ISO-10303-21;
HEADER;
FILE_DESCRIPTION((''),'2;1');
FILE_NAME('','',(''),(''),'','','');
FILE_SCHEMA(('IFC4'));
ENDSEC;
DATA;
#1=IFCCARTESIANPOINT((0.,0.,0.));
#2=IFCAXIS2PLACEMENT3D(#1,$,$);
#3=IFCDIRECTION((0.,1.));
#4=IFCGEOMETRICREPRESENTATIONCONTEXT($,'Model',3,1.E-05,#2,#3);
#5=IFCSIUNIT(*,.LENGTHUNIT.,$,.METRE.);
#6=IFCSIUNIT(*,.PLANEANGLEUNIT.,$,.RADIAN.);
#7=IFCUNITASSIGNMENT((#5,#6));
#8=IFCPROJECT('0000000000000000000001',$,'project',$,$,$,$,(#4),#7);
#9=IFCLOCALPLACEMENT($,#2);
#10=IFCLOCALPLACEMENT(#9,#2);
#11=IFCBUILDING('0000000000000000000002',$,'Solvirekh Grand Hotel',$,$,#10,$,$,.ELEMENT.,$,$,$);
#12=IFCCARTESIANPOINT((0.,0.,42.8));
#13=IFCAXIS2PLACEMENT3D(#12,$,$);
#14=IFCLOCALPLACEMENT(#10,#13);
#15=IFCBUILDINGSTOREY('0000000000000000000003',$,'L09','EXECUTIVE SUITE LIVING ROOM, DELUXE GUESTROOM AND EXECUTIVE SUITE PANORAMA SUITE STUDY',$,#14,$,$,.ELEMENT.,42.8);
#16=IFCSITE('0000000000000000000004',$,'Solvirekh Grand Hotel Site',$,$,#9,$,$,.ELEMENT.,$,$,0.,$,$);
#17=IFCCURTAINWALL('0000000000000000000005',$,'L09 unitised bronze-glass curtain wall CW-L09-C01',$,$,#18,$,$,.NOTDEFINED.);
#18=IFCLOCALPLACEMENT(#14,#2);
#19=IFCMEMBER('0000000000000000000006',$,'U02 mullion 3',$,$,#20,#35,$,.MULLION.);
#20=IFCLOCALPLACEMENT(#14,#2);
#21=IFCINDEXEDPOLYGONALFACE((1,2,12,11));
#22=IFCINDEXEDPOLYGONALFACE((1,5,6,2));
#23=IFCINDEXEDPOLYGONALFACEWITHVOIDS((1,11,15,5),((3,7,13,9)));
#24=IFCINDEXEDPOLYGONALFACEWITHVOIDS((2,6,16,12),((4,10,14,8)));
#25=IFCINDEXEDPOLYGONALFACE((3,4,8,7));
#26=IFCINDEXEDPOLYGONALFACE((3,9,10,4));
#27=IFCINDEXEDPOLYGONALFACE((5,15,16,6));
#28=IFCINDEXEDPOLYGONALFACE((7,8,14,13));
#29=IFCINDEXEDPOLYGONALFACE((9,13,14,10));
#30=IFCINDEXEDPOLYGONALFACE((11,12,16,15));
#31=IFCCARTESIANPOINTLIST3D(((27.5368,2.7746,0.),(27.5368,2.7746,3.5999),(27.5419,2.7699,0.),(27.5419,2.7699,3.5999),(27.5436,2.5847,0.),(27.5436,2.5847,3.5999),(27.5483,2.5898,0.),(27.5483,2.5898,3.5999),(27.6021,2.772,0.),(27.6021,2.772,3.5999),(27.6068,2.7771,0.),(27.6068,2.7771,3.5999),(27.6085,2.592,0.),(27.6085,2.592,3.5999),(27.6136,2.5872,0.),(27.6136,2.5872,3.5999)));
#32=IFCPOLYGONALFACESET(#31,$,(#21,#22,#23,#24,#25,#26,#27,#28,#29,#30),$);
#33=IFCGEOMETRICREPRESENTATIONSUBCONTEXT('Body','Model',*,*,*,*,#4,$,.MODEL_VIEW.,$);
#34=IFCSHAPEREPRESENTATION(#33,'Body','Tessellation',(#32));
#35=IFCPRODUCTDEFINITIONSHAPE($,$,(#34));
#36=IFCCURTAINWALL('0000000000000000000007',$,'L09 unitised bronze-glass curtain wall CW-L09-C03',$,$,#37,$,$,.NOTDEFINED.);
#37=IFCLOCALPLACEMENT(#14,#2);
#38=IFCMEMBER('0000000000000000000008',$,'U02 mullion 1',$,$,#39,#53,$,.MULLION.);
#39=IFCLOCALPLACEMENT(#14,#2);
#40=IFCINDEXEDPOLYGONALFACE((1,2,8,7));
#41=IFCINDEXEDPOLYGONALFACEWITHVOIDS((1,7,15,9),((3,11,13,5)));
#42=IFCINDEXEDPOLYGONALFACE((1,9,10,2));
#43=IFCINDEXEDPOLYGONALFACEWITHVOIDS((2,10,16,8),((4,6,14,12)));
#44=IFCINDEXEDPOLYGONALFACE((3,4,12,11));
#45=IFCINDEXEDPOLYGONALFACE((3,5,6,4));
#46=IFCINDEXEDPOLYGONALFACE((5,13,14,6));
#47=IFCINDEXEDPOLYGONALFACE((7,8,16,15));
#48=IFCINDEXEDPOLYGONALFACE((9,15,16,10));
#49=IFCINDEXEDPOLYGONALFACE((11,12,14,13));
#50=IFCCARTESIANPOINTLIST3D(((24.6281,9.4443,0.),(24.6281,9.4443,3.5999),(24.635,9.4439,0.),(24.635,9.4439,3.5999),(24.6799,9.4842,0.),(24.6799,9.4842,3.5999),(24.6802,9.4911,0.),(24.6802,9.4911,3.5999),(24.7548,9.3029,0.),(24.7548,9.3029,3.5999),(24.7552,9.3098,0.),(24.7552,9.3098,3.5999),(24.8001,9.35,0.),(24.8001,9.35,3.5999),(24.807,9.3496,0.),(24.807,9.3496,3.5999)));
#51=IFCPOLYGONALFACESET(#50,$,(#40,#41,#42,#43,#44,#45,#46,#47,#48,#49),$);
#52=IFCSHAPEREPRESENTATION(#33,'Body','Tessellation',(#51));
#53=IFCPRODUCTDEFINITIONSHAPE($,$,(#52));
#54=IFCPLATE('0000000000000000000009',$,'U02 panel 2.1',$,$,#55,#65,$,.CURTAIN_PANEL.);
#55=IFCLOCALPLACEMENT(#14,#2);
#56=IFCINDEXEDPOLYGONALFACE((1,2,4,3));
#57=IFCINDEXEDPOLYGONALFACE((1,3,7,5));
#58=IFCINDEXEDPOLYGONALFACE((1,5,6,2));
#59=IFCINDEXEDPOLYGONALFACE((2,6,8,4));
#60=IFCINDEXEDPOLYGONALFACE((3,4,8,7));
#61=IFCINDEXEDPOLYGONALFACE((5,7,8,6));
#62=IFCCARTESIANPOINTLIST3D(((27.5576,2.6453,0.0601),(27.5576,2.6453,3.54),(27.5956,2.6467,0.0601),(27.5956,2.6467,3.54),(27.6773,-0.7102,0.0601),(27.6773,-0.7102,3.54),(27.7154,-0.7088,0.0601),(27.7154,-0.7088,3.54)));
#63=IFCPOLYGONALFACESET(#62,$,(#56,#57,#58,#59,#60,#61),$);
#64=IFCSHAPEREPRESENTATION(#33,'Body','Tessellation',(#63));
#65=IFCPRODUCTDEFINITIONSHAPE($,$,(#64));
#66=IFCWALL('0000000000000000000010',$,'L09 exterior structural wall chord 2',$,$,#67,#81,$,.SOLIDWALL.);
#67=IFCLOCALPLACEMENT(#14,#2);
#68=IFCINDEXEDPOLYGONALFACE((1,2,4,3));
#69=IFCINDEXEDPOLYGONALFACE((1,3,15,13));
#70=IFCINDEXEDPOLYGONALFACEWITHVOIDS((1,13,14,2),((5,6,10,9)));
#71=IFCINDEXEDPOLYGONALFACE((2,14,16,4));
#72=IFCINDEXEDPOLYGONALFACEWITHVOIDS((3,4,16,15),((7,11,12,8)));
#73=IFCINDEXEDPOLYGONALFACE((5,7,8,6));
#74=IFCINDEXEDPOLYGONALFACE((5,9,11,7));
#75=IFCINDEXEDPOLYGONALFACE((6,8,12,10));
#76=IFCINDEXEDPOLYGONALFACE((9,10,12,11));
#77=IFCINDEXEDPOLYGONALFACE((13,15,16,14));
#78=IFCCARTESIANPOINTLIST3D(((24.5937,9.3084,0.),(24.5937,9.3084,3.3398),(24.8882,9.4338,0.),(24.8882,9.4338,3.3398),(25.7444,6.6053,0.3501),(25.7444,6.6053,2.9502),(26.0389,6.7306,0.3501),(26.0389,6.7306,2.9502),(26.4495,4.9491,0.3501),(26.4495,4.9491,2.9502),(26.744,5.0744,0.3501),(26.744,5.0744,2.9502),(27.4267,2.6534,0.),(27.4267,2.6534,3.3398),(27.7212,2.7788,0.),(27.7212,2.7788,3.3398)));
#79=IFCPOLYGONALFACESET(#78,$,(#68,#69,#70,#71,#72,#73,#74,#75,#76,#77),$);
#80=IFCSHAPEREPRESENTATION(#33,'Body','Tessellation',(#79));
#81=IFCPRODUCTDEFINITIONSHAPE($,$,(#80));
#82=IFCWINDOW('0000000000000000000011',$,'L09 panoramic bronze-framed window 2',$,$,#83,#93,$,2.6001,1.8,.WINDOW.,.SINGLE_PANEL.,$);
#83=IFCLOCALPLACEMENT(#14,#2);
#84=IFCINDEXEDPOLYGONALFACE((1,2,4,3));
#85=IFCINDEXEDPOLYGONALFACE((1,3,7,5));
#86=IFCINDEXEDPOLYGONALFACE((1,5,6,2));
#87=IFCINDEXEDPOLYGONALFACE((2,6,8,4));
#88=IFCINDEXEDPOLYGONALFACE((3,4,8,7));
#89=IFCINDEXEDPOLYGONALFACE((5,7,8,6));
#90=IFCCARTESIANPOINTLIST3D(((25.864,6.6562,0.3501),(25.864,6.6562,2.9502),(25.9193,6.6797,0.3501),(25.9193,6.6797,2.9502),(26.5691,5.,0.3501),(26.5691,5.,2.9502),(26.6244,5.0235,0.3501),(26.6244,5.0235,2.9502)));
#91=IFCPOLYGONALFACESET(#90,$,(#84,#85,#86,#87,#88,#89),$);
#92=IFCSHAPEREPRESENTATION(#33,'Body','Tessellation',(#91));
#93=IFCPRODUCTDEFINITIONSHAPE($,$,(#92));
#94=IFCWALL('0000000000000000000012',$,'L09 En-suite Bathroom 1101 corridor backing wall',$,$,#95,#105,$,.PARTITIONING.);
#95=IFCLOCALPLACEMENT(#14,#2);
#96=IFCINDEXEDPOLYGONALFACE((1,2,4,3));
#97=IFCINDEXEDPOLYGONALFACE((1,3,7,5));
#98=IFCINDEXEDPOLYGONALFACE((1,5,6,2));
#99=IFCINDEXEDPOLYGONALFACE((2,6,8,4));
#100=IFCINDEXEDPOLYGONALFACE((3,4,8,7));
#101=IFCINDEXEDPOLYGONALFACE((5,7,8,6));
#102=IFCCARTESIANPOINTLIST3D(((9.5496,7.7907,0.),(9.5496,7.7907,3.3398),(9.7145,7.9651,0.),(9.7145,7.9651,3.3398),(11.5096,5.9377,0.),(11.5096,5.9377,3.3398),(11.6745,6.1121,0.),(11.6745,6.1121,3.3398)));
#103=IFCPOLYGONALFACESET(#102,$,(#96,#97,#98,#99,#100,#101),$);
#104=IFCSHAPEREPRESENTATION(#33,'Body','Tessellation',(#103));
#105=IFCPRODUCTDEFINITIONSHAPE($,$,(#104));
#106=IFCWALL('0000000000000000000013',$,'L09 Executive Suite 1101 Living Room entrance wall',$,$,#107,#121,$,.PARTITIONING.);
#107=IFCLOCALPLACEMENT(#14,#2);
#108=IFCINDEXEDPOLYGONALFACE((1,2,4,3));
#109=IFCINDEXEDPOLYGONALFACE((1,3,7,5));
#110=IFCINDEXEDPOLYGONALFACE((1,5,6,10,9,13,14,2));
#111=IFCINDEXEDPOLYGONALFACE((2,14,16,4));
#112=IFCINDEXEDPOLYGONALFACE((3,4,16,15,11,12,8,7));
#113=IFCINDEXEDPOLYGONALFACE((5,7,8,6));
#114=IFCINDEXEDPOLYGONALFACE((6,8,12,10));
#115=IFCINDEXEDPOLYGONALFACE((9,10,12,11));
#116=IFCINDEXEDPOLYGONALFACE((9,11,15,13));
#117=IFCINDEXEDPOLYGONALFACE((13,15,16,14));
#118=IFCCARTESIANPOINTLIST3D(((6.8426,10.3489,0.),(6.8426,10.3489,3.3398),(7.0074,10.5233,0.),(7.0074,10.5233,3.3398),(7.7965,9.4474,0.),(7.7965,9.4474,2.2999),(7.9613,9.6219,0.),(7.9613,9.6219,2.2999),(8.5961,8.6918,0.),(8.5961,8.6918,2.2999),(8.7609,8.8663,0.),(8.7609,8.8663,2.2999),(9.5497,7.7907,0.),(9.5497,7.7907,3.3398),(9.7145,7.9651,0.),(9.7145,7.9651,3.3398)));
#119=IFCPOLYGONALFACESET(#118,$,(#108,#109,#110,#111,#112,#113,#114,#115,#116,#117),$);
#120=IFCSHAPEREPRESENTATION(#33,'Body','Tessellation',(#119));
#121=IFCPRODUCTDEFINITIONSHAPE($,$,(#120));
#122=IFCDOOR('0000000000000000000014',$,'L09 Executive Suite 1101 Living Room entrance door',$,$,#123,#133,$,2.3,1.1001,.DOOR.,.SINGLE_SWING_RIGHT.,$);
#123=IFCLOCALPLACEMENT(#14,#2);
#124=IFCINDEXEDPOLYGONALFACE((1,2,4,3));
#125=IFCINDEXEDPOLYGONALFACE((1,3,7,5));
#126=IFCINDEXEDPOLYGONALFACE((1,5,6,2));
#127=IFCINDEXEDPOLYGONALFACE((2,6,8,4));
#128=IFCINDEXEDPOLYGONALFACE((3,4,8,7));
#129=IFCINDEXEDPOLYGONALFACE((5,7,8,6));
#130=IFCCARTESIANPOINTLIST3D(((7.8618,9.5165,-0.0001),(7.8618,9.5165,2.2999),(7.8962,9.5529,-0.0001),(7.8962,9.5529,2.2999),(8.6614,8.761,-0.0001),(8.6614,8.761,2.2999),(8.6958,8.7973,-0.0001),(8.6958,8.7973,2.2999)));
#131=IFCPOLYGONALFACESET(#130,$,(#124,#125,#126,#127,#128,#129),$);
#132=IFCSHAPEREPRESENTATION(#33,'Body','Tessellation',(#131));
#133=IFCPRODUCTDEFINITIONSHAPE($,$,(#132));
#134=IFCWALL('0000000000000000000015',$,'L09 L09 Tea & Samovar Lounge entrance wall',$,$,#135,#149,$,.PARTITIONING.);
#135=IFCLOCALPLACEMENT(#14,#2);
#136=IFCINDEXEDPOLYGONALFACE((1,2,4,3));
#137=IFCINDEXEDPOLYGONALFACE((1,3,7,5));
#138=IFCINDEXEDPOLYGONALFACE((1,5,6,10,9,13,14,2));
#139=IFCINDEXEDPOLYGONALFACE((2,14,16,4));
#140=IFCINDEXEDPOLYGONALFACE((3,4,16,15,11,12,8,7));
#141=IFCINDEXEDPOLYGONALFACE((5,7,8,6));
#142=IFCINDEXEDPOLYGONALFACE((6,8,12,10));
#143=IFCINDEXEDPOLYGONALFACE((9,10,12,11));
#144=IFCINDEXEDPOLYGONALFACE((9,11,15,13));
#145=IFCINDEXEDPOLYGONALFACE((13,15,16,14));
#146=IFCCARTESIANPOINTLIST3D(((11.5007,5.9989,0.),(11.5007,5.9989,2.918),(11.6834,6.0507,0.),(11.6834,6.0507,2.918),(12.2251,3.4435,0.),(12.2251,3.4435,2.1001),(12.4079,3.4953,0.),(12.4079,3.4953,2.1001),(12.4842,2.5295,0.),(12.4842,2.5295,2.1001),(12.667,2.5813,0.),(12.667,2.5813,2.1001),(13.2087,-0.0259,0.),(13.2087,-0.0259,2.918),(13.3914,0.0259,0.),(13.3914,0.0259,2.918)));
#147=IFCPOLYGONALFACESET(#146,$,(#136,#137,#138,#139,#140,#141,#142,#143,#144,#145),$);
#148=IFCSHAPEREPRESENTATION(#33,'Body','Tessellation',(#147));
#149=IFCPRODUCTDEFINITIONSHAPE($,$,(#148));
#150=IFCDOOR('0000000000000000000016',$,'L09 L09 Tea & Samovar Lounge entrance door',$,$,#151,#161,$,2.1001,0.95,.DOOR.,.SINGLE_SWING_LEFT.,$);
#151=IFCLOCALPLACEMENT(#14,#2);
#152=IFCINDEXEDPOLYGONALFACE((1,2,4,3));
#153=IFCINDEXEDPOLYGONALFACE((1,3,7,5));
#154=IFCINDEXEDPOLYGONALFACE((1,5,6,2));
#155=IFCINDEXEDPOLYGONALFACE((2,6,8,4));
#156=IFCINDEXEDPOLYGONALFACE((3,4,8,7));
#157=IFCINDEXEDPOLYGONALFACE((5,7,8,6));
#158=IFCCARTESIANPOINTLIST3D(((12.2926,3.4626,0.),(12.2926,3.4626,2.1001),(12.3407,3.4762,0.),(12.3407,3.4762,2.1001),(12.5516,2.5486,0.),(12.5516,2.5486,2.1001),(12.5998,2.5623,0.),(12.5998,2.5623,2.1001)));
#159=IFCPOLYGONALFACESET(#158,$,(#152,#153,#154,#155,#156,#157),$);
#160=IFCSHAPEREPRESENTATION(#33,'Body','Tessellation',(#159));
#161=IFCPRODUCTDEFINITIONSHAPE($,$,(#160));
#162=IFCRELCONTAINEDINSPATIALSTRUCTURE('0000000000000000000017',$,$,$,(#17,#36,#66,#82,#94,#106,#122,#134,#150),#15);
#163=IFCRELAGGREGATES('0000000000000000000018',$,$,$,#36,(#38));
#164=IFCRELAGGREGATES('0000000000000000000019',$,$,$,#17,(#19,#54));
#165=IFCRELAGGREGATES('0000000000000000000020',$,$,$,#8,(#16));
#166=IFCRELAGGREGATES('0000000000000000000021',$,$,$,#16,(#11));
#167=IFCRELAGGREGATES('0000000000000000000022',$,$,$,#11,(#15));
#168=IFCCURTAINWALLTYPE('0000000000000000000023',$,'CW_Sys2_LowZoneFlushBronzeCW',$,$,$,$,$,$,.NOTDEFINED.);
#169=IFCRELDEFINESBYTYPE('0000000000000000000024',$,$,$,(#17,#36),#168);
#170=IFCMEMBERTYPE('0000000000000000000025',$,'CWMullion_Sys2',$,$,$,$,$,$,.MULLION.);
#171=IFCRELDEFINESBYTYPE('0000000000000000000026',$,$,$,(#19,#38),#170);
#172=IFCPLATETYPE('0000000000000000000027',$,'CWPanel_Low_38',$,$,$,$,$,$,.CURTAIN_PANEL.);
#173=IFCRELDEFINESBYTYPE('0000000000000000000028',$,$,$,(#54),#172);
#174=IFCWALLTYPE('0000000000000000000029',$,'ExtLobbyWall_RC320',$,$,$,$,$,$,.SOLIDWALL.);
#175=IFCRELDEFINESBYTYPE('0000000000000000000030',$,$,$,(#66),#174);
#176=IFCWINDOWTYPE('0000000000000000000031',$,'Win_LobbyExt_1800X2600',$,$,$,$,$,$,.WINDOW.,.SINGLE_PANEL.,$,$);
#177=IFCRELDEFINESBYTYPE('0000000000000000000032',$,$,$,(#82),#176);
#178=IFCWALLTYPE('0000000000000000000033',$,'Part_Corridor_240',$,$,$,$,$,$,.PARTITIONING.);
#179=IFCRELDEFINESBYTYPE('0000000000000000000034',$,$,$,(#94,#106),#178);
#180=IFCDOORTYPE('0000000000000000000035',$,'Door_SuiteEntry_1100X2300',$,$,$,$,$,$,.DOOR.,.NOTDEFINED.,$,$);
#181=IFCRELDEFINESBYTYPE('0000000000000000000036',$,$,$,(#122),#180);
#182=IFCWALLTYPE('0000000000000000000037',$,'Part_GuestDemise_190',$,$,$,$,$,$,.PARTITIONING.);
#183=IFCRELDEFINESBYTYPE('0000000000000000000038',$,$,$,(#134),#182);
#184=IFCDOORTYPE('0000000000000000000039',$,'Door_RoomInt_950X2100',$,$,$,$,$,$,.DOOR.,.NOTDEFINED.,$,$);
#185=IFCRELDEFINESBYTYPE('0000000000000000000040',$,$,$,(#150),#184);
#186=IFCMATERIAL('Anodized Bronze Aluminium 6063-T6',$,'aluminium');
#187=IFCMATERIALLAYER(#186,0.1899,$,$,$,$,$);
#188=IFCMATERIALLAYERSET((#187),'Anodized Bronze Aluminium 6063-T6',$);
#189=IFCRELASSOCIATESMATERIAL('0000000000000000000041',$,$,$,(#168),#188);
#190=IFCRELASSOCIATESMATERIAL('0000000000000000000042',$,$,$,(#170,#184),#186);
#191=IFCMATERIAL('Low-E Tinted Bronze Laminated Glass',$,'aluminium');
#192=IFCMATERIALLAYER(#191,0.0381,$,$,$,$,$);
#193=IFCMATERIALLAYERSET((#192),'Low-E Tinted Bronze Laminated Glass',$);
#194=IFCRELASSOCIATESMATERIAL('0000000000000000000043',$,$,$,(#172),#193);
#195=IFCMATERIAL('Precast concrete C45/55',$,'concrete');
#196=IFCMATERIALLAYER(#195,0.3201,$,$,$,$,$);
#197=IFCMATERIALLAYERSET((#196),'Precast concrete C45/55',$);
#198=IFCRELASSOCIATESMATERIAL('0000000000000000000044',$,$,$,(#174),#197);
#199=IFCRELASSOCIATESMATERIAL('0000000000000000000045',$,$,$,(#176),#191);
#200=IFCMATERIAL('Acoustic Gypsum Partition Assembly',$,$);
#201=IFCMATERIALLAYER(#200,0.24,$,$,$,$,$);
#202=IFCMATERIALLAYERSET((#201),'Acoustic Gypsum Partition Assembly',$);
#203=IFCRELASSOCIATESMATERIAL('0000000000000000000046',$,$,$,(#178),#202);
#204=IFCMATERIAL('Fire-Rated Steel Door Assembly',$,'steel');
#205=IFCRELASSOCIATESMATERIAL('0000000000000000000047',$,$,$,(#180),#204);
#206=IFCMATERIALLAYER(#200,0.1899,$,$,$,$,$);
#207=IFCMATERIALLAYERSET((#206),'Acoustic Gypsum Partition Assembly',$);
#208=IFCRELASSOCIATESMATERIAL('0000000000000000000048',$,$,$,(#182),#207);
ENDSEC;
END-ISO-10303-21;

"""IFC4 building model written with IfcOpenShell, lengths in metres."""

from ifc_helpers import new_model, si_unit, direction, frame, frame_2d, origin, origin_2d, place, context, subcontext, project, spatial, rectangle, hollow_rectangle, extrude, source, transform, mapped, material, layer, layer_set, material_profile, profile_set, type_object, element, fill, aggregate, save


model = new_model("IFC4")

# Units and contexts
model_context = context("Model", 3, precision=1e-05, world=origin(), true_north=direction((0.0, 1.0)))
body_context = subcontext(model_context, "Body", "Model", "MODEL_VIEW")
ifc_project = project(units=[si_unit("LENGTHUNIT", "METRE"), si_unit("PLANEANGLEUNIT", "RADIAN")], contexts=[model_context])

# Site, building, storey
site_placement = place(None, origin())
site = spatial("IfcSite", under=ifc_project, at=site_placement, Name="Solvirekh Grand Hotel Site", CompositionType="ELEMENT", RefElevation=0.0)
building_placement = place(site_placement, origin())
building = spatial("IfcBuilding", under=site, at=building_placement, Name="Solvirekh Grand Hotel", CompositionType="ELEMENT")
storey_placement = place(building_placement, frame((0.0, 0.0, 42.8)))
storey = spatial("IfcBuildingStorey", under=building, at=storey_placement, Name="L09", Description="EXECUTIVE SUITE LIVING ROOM, DELUXE GUESTROOM AND EXECUTIVE SUITE PANORAMA SUITE STUDY", CompositionType="ELEMENT", Elevation=42.8)

# Curtain walls, members
ifc_material_1 = material(Name="Anodized Bronze Aluminium 6063-T6", Category="aluminium")
ifc_layer_1 = layer(ifc_material_1, 0.1899)
ifc_layer_set_1 = layer_set([ifc_layer_1], Name="Anodized Bronze Aluminium 6063-T6")
curtain_wall_type = type_object("IfcCurtainWallType", Name="CW_Sys2_LowZoneFlushBronzeCW", PredefinedType="NOTDEFINED", material=ifc_layer_set_1)
curtain_wall_1_placement = place(storey_placement, origin())
curtain_wall_1 = element("IfcCurtainWall", 1, at=curtain_wall_1_placement, inside=storey, type_object=curtain_wall_type, Name="L09 unitised bronze-glass curtain wall CW-L09-C01", PredefinedType="NOTDEFINED")
ifc_material_profile_1 = material_profile(ifc_material_1, hollow_rectangle(XDim=0.0701, YDim=0.1899, WallThickness=0.0049, at=origin_2d()), Name="ALU RHS 190X70X5")
ifc_profile_set_1 = profile_set([ifc_material_profile_1], Name="Anodized Bronze Aluminium 6063-T6")
member_type = type_object("IfcMemberType", Name="CWMullion_Sys2", PredefinedType="MULLION", material=ifc_profile_set_1)
shared_shape_1 = source(origin(), body_context, "Body", "SweptSolid", [
    extrude(hollow_rectangle(XDim=0.0701, YDim=0.1899, WallThickness=0.0049, at=origin_2d()), origin(), (0.0, 0.0, 1.0), 3.5999),
])
member_1_placement = place(storey_placement, frame((27.5752, 2.6809, 0.0), z_axis=(0.0, 0.0, 1.0), x_axis=(-0.999364, -0.035666, 0.0)))
member_1 = element("IfcMember", 2, at=member_1_placement, type_object=member_type, Name="U02 mullion 3", PredefinedType="MULLION", context=body_context, shape_type="MappedRepresentation", body=[
    mapped(shared_shape_1, transform((0.0, 0.0, 0.0), x_axis=(1.0, 0.0, 0.0), y_axis=(0.0, 1.0, 0.0), z_axis=(0.0, 0.0, 1.0), scale=1.0)),
])
curtain_wall_2_placement = place(storey_placement, origin())
curtain_wall_2 = element("IfcCurtainWall", 3, at=curtain_wall_2_placement, inside=storey, type_object=curtain_wall_type, Name="L09 unitised bronze-glass curtain wall CW-L09-C03", PredefinedType="NOTDEFINED")
member_2_placement = place(storey_placement, frame((24.7175, 9.397, 0.0), z_axis=(0.0, 0.0, 1.0), x_axis=(-0.744725, -0.667371, 0.0)))
member_2 = element("IfcMember", 4, at=member_2_placement, type_object=member_type, Name="U02 mullion 1", PredefinedType="MULLION", context=body_context, shape_type="MappedRepresentation", body=[
    mapped(shared_shape_1, transform((0.0, 0.0, 0.0), x_axis=(1.0, 0.0, 0.0), y_axis=(0.0, 1.0, 0.0), z_axis=(0.0, 0.0, 1.0), scale=1.0)),
])
aggregate(curtain_wall_2, [member_2])

# Plate
ifc_material_2 = material(Name="Low-E Tinted Bronze Laminated Glass", Category="aluminium")
ifc_layer_2 = layer(ifc_material_2, 0.0381)
ifc_layer_set_2 = layer_set([ifc_layer_2], Name="Low-E Tinted Bronze Laminated Glass")
plate_type = type_object("IfcPlateType", Name="CWPanel_Low_38", PredefinedType="CURTAIN_PANEL", material=ifc_layer_set_2)
shared_shape_2 = source(origin(), body_context, "Body", "SweptSolid", [
    extrude(rectangle(XDim=3.3577, YDim=0.0381, at=origin_2d()), origin(), (0.0, 0.0, 1.0), 3.48),
])
plate_placement = place(storey_placement, frame((27.6365, 0.9683, 0.0601), z_axis=(0.0, 0.0, 1.0), x_axis=(-0.035666, 0.999364, 0.0)))
plate = element("IfcPlate", 5, at=plate_placement, type_object=plate_type, Name="U02 panel 2.1", PredefinedType="CURTAIN_PANEL", context=body_context, shape_type="MappedRepresentation", body=[
    mapped(shared_shape_2, transform((0.0, 0.0, 0.0), x_axis=(1.0, 0.0, 0.0), y_axis=(0.0, 1.0, 0.0), z_axis=(0.0, 0.0, 1.0), scale=1.0)),
])
aggregate(curtain_wall_1, [member_1, plate])

# Wall, opening, window
ifc_material_3 = material(Name="Precast concrete C45/55", Category="concrete")
ifc_layer_3 = layer(ifc_material_3, 0.3201)
ifc_layer_set_3 = layer_set([ifc_layer_3], Name="Precast concrete C45/55")
wall_type_1 = type_object("IfcWallType", Name="ExtLobbyWall_RC320", PredefinedType="SOLIDWALL", material=ifc_layer_set_3)
wall_1_placement = place(storey_placement, frame((24.741, 9.3711, 0.0), z_axis=(0.0, 0.0, 1.0), x_axis=(0.391682, -0.920101, 0.0)))
wall_1 = element("IfcWall", 6, at=wall_1_placement, inside=storey, type_object=wall_type_1, Name="L09 exterior structural wall chord 2", PredefinedType="SOLIDWALL", context=body_context, shape_type="SweptSolid", body=[
    extrude(rectangle(XDim=7.2329, YDim=0.3201, at=frame_2d((3.6165, 0.0))), origin(), (0.0, 0.0, 1.0), 3.3398),
])
opening_1_placement = place(wall_1_placement, frame((2.938, 0.0, 0.3501)))
opening_1 = element("IfcOpeningElement", 7, at=opening_1_placement, cuts=wall_1, PredefinedType="OPENING", context=body_context, shape_type="SweptSolid", body=[
    extrude(rectangle(XDim=1.8, YDim=2.6001, at=frame_2d((0.8999, 1.3))), frame((0.0, 0.1699, 0.0), z_axis=(0.0, -1.0, 0.0), x_axis=(1.0, 0.0, 0.0)), (0.0, 0.0, 1.0), 0.3401),
])
window_type = type_object("IfcWindowType", Name="Win_LobbyExt_1800X2600", PartitioningType="SINGLE_PANEL", PredefinedType="WINDOW", material=ifc_material_2)
window_placement = place(opening_1_placement, origin())
window = element("IfcWindow", 8, at=window_placement, inside=storey, type_object=window_type, Name="L09 panoramic bronze-framed window 2", OverallHeight=2.6001, OverallWidth=1.8, PartitioningType="SINGLE_PANEL", PredefinedType="WINDOW", context=body_context, shape_type="SweptSolid", body=[
    extrude(rectangle(XDim=1.8, YDim=2.6001, at=frame_2d((0.8999, 1.3))), frame((0.0, 0.03, 0.0), z_axis=(0.0, -1.0, 0.0), x_axis=(1.0, 0.0, 0.0)), (0.0, 0.0, 1.0), 0.0601),
])
fill(opening_1, window)

# Wall
ifc_material_4 = material(Name="Acoustic Gypsum Partition Assembly")
ifc_layer_4 = layer(ifc_material_4, 0.24)
ifc_layer_set_4 = layer_set([ifc_layer_4], Name="Acoustic Gypsum Partition Assembly")
wall_type_2 = type_object("IfcWallType", Name="Part_Corridor_240", PredefinedType="PARTITIONING", material=ifc_layer_set_4)
wall_2_placement = place(storey_placement, frame((11.592, 6.0249, 0.0), z_axis=(0.0, 0.0, 1.0), x_axis=(-0.726652, 0.687006, 0.0)))
element("IfcWall", 9, at=wall_2_placement, inside=storey, type_object=wall_type_2, Name="L09 En-suite Bathroom 1101 corridor backing wall", PredefinedType="PARTITIONING", context=body_context, shape_type="SweptSolid", body=[
    extrude(rectangle(XDim=2.6973, YDim=0.24, at=frame_2d((1.3486, 0.0))), origin(), (0.0, 0.0, 1.0), 3.3398),
])

# Walls, openings, doors
wall_3_placement = place(storey_placement, frame((9.6321, 7.8779, 0.0), z_axis=(0.0, 0.0, 1.0), x_axis=(-0.726817, 0.686831, 0.0)))
wall_3 = element("IfcWall", 10, at=wall_3_placement, inside=storey, type_object=wall_type_2, Name="L09 Executive Suite 1101 Living Room entrance wall", PredefinedType="PARTITIONING", context=body_context, shape_type="SweptSolid", body=[
    extrude(rectangle(XDim=3.7246, YDim=0.24, at=frame_2d((1.8623, 0.0))), origin(), (0.0, 0.0, 1.0), 3.3398),
])
opening_2_placement = place(wall_3_placement, frame((1.312, 0.0, 0.0)))
opening_2 = element("IfcOpeningElement", 11, at=opening_2_placement, cuts=wall_3, PredefinedType="OPENING", context=body_context, shape_type="SweptSolid", body=[
    extrude(rectangle(XDim=1.1001, YDim=2.3, at=frame_2d((0.55, 1.1499))), frame((0.0, 0.1299, 0.0), z_axis=(0.0, -1.0, 0.0), x_axis=(1.0, 0.0, 0.0)), (0.0, 0.0, 1.0), 0.26),
])
ifc_material_5 = material(Name="Fire-Rated Steel Door Assembly", Category="steel")
door_type_1 = type_object("IfcDoorType", Name="Door_SuiteEntry_1100X2300", OperationType="NOTDEFINED", PredefinedType="DOOR", material=ifc_material_5)
door_1_placement = place(opening_2_placement, origin())
door_1 = element("IfcDoor", 12, at=door_1_placement, inside=storey, type_object=door_type_1, Name="L09 Executive Suite 1101 Living Room entrance door", OperationType="SINGLE_SWING_RIGHT", OverallHeight=2.3, OverallWidth=1.1001, PredefinedType="DOOR", context=body_context, shape_type="SweptSolid", body=[
    extrude(rectangle(XDim=1.1001, YDim=2.3, at=frame_2d((0.55, 1.1499))), frame((0.0, 0.0249, 0.0), z_axis=(0.0, -1.0, 0.0), x_axis=(1.0, 0.0, 0.0)), (0.0, 0.0, 1.0), 0.05),
])
fill(opening_2, door_1)
ifc_layer_5 = layer(ifc_material_4, 0.1899)
ifc_layer_set_5 = layer_set([ifc_layer_5], Name="Acoustic Gypsum Partition Assembly")
wall_type_3 = type_object("IfcWallType", Name="Part_GuestDemise_190", PredefinedType="PARTITIONING", material=ifc_layer_set_5)
wall_4_placement = place(storey_placement, frame((13.3, 0.0, 0.0), z_axis=(0.0, 0.0, 1.0), x_axis=(-0.272743, 0.962087, 0.0)))
wall_4 = element("IfcWall", 13, at=wall_4_placement, inside=storey, type_object=wall_type_3, Name="L09 L09 Tea & Samovar Lounge entrance wall", PredefinedType="PARTITIONING", context=body_context, shape_type="SweptSolid", body=[
    extrude(rectangle(XDim=6.2622, YDim=0.1899, at=frame_2d((3.1311, 0.0))), origin(), (0.0, 0.0, 1.0), 2.918),
])
opening_3_placement = place(wall_4_placement, frame((2.656, 0.0, 0.0)))
opening_3 = element("IfcOpeningElement", 14, at=opening_3_placement, cuts=wall_4, PredefinedType="OPENING", context=body_context, shape_type="SweptSolid", body=[
    extrude(rectangle(XDim=0.95, YDim=2.1001, at=frame_2d((0.4751, 1.05))), frame((0.0, 0.105, 0.0), z_axis=(0.0, -1.0, 0.0), x_axis=(1.0, 0.0, 0.0)), (0.0, 0.0, 1.0), 0.21),
])
door_type_2 = type_object("IfcDoorType", Name="Door_RoomInt_950X2100", OperationType="NOTDEFINED", PredefinedType="DOOR", material=ifc_material_1)
door_2_placement = place(opening_3_placement, origin())
door_2 = element("IfcDoor", 15, at=door_2_placement, inside=storey, type_object=door_type_2, Name="L09 L09 Tea & Samovar Lounge entrance door", OperationType="SINGLE_SWING_LEFT", OverallHeight=2.1001, OverallWidth=0.95, PredefinedType="DOOR", context=body_context, shape_type="SweptSolid", body=[
    extrude(rectangle(XDim=0.95, YDim=2.1001, at=frame_2d((0.4751, 1.05))), frame((0.0, 0.0249, 0.0), z_axis=(0.0, -1.0, 0.0), x_axis=(1.0, 0.0, 0.0)), (0.0, 0.0, 1.0), 0.05),
])
fill(opening_3, door_2)

save(model, "model.ifc")
